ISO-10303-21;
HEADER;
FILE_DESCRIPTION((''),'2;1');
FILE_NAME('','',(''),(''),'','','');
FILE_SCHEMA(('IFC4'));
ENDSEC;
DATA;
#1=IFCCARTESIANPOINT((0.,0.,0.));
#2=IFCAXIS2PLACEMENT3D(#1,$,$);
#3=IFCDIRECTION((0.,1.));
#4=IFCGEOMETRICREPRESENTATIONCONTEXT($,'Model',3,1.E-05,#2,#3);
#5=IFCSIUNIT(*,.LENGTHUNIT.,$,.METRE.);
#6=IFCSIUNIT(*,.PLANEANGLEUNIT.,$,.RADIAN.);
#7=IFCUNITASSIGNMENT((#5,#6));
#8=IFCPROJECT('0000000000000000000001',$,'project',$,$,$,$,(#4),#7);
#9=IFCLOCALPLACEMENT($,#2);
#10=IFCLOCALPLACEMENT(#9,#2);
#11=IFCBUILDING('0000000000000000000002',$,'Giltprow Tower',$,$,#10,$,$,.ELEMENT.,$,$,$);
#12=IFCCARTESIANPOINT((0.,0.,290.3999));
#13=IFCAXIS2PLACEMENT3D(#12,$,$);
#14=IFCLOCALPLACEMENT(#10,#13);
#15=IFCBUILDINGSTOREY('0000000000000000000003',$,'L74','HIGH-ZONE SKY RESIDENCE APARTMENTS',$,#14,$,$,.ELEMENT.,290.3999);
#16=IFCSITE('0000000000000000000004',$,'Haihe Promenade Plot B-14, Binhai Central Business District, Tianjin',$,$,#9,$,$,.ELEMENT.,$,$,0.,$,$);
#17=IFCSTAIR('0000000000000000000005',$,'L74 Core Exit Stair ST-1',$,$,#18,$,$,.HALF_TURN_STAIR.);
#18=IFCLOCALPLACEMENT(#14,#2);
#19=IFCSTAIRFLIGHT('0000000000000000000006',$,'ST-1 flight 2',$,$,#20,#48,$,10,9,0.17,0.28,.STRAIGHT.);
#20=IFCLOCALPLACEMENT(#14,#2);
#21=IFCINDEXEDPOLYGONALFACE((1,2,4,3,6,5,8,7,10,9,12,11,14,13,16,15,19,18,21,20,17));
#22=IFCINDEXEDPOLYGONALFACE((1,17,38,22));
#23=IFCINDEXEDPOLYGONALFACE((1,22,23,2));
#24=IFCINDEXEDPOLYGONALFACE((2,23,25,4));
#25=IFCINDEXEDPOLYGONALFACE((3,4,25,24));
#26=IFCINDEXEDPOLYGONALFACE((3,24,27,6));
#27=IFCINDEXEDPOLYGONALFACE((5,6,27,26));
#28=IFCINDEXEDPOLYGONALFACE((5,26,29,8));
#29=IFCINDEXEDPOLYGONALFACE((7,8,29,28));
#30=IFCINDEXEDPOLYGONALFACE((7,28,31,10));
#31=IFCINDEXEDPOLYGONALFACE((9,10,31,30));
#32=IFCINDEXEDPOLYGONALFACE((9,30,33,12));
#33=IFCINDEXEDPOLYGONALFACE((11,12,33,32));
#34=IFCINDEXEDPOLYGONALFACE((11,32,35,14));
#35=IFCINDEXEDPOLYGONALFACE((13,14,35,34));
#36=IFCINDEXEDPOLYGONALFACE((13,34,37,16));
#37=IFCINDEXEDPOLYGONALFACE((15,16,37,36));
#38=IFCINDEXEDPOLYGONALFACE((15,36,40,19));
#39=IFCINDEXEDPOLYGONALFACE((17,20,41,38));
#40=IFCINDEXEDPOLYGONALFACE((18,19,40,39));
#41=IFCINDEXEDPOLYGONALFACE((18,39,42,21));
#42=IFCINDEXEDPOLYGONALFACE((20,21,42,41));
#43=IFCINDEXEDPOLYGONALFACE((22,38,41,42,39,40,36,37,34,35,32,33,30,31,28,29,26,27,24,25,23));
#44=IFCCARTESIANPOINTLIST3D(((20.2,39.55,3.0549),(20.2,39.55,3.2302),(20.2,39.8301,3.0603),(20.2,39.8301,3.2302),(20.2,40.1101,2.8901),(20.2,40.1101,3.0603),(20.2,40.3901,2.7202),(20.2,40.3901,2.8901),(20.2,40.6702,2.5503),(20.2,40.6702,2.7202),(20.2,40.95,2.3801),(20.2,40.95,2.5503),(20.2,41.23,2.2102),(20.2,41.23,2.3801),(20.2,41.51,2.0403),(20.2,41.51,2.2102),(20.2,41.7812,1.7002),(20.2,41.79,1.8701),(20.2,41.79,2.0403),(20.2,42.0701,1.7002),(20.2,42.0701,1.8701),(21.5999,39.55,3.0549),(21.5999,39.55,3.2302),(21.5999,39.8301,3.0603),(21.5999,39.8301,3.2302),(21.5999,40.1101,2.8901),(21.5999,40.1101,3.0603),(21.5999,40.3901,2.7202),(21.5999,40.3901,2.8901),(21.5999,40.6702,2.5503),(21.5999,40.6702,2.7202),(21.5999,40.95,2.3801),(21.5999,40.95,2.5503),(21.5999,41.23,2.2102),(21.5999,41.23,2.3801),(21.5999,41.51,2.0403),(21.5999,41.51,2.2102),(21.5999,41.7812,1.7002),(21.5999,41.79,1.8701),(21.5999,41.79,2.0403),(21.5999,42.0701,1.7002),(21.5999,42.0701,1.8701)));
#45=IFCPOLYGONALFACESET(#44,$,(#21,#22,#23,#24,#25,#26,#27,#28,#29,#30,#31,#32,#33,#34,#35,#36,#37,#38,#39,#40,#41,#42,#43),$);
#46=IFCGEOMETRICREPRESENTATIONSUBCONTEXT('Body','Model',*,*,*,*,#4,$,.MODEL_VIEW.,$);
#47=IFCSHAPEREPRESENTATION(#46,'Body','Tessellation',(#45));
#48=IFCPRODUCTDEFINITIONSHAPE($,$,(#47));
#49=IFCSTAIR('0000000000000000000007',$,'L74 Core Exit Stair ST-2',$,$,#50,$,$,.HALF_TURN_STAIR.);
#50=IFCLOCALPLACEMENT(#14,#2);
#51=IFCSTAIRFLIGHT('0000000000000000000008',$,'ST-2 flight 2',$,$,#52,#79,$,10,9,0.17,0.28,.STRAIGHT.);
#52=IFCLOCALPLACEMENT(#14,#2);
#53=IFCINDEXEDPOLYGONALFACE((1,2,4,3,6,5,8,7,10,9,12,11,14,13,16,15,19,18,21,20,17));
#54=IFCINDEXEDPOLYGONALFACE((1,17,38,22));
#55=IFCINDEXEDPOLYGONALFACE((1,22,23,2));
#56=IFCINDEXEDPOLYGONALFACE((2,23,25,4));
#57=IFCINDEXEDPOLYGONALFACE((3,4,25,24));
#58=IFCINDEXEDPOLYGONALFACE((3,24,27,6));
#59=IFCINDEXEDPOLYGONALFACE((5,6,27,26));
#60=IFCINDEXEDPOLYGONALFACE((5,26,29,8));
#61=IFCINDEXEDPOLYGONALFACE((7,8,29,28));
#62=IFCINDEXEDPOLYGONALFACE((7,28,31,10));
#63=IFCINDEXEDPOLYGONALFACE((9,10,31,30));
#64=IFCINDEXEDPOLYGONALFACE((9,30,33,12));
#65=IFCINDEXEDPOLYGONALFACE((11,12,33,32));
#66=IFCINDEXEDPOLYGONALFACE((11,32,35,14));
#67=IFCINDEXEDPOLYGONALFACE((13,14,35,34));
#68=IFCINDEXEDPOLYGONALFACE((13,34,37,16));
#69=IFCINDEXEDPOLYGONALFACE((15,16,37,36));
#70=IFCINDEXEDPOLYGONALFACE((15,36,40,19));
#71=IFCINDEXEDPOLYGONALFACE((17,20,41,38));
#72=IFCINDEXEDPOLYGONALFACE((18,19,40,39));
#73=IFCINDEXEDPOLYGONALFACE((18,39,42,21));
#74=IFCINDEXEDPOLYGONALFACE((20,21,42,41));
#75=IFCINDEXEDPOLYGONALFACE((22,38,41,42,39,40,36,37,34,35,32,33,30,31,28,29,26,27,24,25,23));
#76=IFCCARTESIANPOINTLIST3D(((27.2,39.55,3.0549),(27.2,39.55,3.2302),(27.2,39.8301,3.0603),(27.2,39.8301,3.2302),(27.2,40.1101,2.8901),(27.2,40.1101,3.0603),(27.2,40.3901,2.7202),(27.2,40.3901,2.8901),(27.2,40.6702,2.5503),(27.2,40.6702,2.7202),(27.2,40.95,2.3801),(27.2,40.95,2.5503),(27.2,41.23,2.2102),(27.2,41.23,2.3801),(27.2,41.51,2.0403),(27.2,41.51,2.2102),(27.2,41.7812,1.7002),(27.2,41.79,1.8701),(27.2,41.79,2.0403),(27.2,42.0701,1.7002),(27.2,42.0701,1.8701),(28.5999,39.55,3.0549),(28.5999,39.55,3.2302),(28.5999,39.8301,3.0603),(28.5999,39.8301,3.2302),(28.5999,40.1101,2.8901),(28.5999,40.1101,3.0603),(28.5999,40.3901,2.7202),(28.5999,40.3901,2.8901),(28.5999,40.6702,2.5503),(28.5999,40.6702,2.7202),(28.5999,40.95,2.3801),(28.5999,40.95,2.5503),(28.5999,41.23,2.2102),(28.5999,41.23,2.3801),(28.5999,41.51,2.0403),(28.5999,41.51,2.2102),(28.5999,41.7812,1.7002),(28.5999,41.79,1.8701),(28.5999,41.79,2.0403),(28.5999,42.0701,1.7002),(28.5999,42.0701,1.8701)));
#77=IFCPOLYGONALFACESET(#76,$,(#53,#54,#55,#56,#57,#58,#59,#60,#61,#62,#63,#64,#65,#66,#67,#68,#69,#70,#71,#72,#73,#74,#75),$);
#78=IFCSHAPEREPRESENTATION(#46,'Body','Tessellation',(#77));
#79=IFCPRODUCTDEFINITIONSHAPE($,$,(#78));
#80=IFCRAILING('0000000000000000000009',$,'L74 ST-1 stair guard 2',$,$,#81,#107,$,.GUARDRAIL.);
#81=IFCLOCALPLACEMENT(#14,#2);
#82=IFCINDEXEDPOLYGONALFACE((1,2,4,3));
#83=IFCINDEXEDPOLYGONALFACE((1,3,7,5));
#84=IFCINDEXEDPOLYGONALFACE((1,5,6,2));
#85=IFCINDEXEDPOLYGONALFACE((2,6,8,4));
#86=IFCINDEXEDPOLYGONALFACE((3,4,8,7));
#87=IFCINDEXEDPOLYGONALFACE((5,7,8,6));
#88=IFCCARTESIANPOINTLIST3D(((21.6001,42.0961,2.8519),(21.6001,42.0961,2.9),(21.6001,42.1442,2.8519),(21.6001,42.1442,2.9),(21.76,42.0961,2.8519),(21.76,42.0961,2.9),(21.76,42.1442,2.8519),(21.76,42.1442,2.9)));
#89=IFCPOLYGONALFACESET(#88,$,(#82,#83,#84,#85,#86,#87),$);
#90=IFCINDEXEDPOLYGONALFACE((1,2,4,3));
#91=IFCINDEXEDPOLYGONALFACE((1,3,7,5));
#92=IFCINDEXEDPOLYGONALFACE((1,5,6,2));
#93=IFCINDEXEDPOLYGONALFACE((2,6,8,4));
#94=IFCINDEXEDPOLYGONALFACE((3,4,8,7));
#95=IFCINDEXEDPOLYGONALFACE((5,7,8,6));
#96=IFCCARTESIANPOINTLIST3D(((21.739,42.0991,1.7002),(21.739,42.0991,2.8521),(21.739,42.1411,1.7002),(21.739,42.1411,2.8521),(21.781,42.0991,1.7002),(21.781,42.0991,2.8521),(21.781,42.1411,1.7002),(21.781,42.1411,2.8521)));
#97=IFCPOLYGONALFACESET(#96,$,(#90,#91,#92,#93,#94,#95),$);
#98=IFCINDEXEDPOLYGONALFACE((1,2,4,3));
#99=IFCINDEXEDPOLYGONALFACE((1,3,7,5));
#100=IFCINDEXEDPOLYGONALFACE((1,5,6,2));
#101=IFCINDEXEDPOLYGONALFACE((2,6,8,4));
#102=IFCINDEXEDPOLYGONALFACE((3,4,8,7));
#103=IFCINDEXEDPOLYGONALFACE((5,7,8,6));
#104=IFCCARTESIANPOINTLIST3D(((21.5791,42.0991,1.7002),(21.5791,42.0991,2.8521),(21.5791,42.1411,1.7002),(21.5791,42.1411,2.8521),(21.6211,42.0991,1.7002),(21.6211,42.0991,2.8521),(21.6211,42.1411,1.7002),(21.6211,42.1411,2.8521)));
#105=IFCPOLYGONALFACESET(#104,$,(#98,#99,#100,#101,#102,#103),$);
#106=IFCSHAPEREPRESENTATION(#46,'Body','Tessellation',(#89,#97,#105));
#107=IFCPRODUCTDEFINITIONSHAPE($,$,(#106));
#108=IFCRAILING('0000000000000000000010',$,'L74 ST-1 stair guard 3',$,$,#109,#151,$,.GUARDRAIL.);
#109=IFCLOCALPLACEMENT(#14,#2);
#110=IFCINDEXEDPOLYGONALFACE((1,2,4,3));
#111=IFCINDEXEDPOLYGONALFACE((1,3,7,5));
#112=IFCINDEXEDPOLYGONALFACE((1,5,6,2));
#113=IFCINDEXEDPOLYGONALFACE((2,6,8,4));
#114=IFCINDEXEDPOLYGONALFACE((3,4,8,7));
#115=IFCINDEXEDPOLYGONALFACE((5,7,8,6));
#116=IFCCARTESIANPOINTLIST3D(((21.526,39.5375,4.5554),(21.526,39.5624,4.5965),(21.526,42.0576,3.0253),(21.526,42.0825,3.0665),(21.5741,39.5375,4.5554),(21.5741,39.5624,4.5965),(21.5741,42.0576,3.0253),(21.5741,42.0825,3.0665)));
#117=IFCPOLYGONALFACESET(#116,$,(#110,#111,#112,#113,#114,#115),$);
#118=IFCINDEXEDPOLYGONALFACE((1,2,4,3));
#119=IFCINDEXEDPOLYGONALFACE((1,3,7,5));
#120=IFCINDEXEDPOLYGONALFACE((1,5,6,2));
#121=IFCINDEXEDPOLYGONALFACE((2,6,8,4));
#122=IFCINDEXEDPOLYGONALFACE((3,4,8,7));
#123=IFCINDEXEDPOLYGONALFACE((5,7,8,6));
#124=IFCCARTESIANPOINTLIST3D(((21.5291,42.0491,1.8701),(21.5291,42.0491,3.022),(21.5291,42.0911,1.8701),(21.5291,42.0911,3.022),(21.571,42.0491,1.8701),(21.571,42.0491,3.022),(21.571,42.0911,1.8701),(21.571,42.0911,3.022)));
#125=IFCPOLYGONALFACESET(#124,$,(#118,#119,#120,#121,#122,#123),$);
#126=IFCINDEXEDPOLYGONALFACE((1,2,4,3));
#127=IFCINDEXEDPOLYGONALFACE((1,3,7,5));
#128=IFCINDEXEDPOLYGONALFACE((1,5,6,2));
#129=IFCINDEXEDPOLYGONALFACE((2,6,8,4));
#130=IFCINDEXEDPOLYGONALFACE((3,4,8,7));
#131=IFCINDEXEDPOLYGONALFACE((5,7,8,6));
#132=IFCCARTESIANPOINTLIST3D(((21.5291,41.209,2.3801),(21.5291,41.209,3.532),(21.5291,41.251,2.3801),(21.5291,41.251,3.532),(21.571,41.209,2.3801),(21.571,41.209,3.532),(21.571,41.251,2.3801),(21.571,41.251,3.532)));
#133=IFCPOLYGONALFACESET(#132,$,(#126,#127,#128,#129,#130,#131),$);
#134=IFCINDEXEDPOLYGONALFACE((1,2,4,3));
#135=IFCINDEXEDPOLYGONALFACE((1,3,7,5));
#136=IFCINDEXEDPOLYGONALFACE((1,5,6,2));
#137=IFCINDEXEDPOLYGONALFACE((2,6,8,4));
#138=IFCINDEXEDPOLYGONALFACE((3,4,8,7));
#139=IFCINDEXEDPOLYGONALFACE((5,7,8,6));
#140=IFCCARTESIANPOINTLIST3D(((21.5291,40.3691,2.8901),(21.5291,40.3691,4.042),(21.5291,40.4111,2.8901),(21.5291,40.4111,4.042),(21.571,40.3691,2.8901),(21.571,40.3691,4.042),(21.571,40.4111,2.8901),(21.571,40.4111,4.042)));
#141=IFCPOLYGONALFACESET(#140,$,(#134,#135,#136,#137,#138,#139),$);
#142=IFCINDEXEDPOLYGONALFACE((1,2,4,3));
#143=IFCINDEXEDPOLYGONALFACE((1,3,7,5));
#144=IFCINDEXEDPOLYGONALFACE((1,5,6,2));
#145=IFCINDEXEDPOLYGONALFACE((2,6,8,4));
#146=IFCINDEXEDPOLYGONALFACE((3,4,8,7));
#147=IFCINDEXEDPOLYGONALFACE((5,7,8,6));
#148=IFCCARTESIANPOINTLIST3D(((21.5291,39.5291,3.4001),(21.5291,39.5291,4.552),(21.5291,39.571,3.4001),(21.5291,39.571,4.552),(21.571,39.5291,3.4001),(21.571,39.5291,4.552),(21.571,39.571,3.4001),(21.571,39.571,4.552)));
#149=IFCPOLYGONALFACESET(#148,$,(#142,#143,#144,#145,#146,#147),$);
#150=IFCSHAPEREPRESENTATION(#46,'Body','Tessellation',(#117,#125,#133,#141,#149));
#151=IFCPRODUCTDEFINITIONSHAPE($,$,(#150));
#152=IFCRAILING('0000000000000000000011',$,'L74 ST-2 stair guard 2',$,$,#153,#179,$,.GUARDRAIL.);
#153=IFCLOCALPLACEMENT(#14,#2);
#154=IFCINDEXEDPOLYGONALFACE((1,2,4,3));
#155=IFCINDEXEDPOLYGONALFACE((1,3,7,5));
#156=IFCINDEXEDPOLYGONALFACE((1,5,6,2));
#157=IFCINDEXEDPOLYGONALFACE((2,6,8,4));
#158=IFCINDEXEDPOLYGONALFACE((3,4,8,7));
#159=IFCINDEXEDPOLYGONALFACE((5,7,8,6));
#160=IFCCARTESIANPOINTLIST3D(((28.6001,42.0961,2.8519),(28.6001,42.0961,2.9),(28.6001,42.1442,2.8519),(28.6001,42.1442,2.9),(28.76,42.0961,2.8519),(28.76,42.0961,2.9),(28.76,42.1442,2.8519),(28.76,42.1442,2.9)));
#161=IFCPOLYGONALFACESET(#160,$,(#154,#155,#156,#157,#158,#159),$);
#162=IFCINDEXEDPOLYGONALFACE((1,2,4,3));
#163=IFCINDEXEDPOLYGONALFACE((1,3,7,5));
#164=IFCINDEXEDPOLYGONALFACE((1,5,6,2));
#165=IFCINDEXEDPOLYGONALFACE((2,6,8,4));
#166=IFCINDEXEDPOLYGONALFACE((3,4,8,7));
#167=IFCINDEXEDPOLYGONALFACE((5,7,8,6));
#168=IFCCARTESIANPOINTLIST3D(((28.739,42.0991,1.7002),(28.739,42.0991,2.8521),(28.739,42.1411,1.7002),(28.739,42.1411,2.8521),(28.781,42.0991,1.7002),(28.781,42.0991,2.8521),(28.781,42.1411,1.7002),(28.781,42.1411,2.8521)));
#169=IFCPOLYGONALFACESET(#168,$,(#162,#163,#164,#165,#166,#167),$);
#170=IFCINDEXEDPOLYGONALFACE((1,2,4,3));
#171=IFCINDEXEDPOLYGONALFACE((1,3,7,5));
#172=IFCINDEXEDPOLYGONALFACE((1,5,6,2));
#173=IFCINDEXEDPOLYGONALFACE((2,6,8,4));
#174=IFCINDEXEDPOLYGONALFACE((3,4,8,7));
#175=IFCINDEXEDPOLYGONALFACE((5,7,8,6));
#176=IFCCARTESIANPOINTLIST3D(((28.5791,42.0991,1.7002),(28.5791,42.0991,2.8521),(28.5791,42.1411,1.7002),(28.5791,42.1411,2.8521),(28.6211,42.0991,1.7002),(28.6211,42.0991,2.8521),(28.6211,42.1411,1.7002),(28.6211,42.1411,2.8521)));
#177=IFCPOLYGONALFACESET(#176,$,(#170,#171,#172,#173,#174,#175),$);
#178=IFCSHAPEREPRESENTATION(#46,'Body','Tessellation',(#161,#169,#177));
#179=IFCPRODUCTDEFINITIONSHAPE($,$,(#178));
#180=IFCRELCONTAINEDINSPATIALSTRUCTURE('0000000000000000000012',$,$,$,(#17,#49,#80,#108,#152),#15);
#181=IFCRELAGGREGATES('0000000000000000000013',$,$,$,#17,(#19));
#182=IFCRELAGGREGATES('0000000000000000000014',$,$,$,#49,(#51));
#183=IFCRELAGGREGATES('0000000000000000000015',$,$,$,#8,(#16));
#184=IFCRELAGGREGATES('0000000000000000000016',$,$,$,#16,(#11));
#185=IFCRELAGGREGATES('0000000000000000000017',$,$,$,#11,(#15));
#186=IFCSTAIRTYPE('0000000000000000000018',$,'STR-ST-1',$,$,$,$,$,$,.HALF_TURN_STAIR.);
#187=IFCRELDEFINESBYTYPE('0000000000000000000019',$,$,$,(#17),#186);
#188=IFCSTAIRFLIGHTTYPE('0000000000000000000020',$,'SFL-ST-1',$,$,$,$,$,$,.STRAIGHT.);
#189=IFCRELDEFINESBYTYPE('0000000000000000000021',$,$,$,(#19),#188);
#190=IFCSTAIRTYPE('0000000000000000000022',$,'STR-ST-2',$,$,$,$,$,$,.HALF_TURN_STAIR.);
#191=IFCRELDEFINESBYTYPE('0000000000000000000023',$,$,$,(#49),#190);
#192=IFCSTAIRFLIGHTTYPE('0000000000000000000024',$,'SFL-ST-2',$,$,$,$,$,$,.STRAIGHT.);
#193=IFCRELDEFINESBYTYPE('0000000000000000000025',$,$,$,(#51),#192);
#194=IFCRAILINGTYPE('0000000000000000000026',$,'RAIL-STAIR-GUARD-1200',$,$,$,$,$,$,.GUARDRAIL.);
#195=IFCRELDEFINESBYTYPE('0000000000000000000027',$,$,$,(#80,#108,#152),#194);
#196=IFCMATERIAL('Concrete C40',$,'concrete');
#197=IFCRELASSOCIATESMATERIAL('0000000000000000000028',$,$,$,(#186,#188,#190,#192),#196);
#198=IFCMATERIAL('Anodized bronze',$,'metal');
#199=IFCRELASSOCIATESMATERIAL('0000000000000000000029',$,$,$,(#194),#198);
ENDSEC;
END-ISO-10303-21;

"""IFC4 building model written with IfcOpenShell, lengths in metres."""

from ifc_helpers import new_model, si_unit, direction, frame, origin, origin_2d, place, context, subcontext, project, spatial, polyline, rectangle, outline, extrude, material, type_object, element, aggregate, save


model = new_model("IFC4")

# Units and contexts
model_context = context("Model", 3, precision=1e-05, world=origin(), true_north=direction((0.0, 1.0)))
body_context = subcontext(model_context, "Body", "Model", "MODEL_VIEW")
ifc_project = project(units=[si_unit("LENGTHUNIT", "METRE"), si_unit("PLANEANGLEUNIT", "RADIAN")], contexts=[model_context])

# Site, building, storey
site_placement = place(None, origin())
site = spatial("IfcSite", under=ifc_project, at=site_placement, Name="Haihe Promenade Plot B-14, Binhai Central Business District, Tianjin", CompositionType="ELEMENT", RefElevation=0.0)
building_placement = place(site_placement, origin())
building = spatial("IfcBuilding", under=site, at=building_placement, Name="Giltprow Tower", CompositionType="ELEMENT")
storey_placement = place(building_placement, frame((0.0, 0.0, 290.3999)))
storey = spatial("IfcBuildingStorey", under=building, at=storey_placement, Name="L74", Description="HIGH-ZONE SKY RESIDENCE APARTMENTS", CompositionType="ELEMENT", Elevation=290.3999)

# Shared definitions
ifc_material_1 = material(Name="Concrete C40", Category="concrete")

# Stairs, stair flights
stair_type_1 = type_object("IfcStairType", Name="STR-ST-1", PredefinedType="HALF_TURN_STAIR", material=ifc_material_1)
stair_1_placement = place(storey_placement, origin())
stair_1 = element("IfcStair", 1, at=stair_1_placement, inside=storey, type_object=stair_type_1, Name="L74 Core Exit Stair ST-1", PredefinedType="HALF_TURN_STAIR")
stair_flight_type_1 = type_object("IfcStairFlightType", Name="SFL-ST-1", PredefinedType="STRAIGHT", material=ifc_material_1)
stair_flight_1_placement = place(storey_placement, frame((20.8999, 42.0701, 1.7002), z_axis=(0.0, 0.0, 1.0), x_axis=(0.0, -1.0, 0.0)))
stair_flight_1 = element("IfcStairFlight", 2, at=stair_flight_1_placement, type_object=stair_flight_type_1, Name="ST-1 flight 2", NumberOfRisers=10, NumberOfTreads=9, PredefinedType="STRAIGHT", RiserHeight=0.17, TreadLength=0.28, context=body_context, shape_type="SweptSolid", body=[
    extrude(outline(polyline([(0.0, 0.0), (0.0, 0.1699), (0.28, 0.1699), (0.28, 0.3401), (0.5601, 0.3401), (0.5601, 0.51), (0.8401, 0.51), (0.8401, 0.6799), (1.1201, 0.6799), (1.1201, 0.8501), (1.3999, 0.8501), (1.3999, 1.02), (1.6799, 1.02), (1.6799, 1.1899), (1.96, 1.1899), (1.96, 1.3601), (2.24, 1.3601), (2.24, 1.53), (2.52, 1.53), (2.52, 1.7), (2.52, 1.3547), (0.2888, 0.0), (0.0, 0.0)])), frame((0.0, 0.7, 0.0), z_axis=(0.0, -1.0, 0.0), x_axis=(1.0, 0.0, 0.0)), (0.0, 0.0, 1.0), 1.3999),
])
aggregate(stair_1, [stair_flight_1])
stair_type_2 = type_object("IfcStairType", Name="STR-ST-2", PredefinedType="HALF_TURN_STAIR", material=ifc_material_1)
stair_2_placement = place(storey_placement, origin())
stair_2 = element("IfcStair", 3, at=stair_2_placement, inside=storey, type_object=stair_type_2, Name="L74 Core Exit Stair ST-2", PredefinedType="HALF_TURN_STAIR")
stair_flight_type_2 = type_object("IfcStairFlightType", Name="SFL-ST-2", PredefinedType="STRAIGHT", material=ifc_material_1)
stair_flight_2_placement = place(storey_placement, frame((27.8999, 42.0701, 1.7002), z_axis=(0.0, 0.0, 1.0), x_axis=(0.0, -1.0, 0.0)))
stair_flight_2 = element("IfcStairFlight", 4, at=stair_flight_2_placement, type_object=stair_flight_type_2, Name="ST-2 flight 2", NumberOfRisers=10, NumberOfTreads=9, PredefinedType="STRAIGHT", RiserHeight=0.17, TreadLength=0.28, context=body_context, shape_type="SweptSolid", body=[
    extrude(outline(polyline([(0.0, 0.0), (0.0, 0.1699), (0.28, 0.1699), (0.28, 0.3401), (0.5601, 0.3401), (0.5601, 0.51), (0.8401, 0.51), (0.8401, 0.6799), (1.1201, 0.6799), (1.1201, 0.8501), (1.3999, 0.8501), (1.3999, 1.02), (1.6799, 1.02), (1.6799, 1.1899), (1.96, 1.1899), (1.96, 1.3601), (2.24, 1.3601), (2.24, 1.53), (2.52, 1.53), (2.52, 1.7), (2.52, 1.3547), (0.2888, 0.0), (0.0, 0.0)])), frame((0.0, 0.7, 0.0), z_axis=(0.0, -1.0, 0.0), x_axis=(1.0, 0.0, 0.0)), (0.0, 0.0, 1.0), 1.3999),
])
aggregate(stair_2, [stair_flight_2])

# Railings
ifc_material_2 = material(Name="Anodized bronze", Category="metal")
railing_type_1 = type_object("IfcRailingType", Name="RAIL-STAIR-GUARD-1200", PredefinedType="GUARDRAIL", material=ifc_material_2)
railing_1_placement = place(storey_placement, frame((21.76, 42.1201, 1.7002)))
element("IfcRailing", 5, at=railing_1_placement, inside=storey, type_object=railing_type_1, Name="L74 ST-1 stair guard 2", PredefinedType="GUARDRAIL", context=body_context, shape_type="SweptSolid", body=[
    extrude(rectangle(XDim=0.0481, YDim=0.0481, at=origin_2d()), frame((0.0, 0.0, 1.1758), z_axis=(-1.0, 0.0, 0.0), x_axis=(0.0, -1.0, 0.0)), (0.0, 0.0, 1.0), 0.1599),
    extrude(rectangle(XDim=0.042, YDim=0.042, at=origin_2d()), origin(), (0.0, 0.0, 1.0), 1.1519),
    extrude(rectangle(XDim=0.042, YDim=0.042, at=origin_2d()), frame((-0.1599, 0.0, 0.0)), (0.0, 0.0, 1.0), 1.1519),
])
railing_2_placement = place(storey_placement, frame((21.55, 42.0701, 1.8701)))
element("IfcRailing", 6, at=railing_2_placement, inside=storey, type_object=railing_type_1, Name="L74 ST-1 stair guard 3", PredefinedType="GUARDRAIL", context=body_context, shape_type="SweptSolid", body=[
    extrude(rectangle(XDim=0.0481, YDim=0.0481, at=origin_2d()), frame((0.0, 0.0, 1.1758), z_axis=(0.0, -0.854785, 0.518982), x_axis=(1.0, 0.0, 0.0)), (0.0, 0.0, 1.0), 2.9482),
    extrude(rectangle(XDim=0.042, YDim=0.042, at=origin_2d()), origin(), (0.0, 0.0, 1.0), 1.1519),
    extrude(rectangle(XDim=0.042, YDim=0.042, at=origin_2d()), frame((0.0, -0.8401, 0.51)), (0.0, 0.0, 1.0), 1.1519),
    extrude(rectangle(XDim=0.042, YDim=0.042, at=origin_2d()), frame((0.0, -1.6799, 1.02)), (0.0, 0.0, 1.0), 1.1519),
    extrude(rectangle(XDim=0.042, YDim=0.042, at=origin_2d()), frame((0.0, -2.52, 1.53)), (0.0, 0.0, 1.0), 1.1519),
])
railing_3_placement = place(storey_placement, frame((28.76, 42.1201, 1.7002)))
element("IfcRailing", 7, at=railing_3_placement, inside=storey, type_object=railing_type_1, Name="L74 ST-2 stair guard 2", PredefinedType="GUARDRAIL", context=body_context, shape_type="SweptSolid", body=[
    extrude(rectangle(XDim=0.0481, YDim=0.0481, at=origin_2d()), frame((0.0, 0.0, 1.1758), z_axis=(-1.0, 0.0, 0.0), x_axis=(0.0, -1.0, 0.0)), (0.0, 0.0, 1.0), 0.1599),
    extrude(rectangle(XDim=0.042, YDim=0.042, at=origin_2d()), origin(), (0.0, 0.0, 1.0), 1.1519),
    extrude(rectangle(XDim=0.042, YDim=0.042, at=origin_2d()), frame((-0.1599, 0.0, 0.0)), (0.0, 0.0, 1.0), 1.1519),
])

save(model, "model.ifc")
